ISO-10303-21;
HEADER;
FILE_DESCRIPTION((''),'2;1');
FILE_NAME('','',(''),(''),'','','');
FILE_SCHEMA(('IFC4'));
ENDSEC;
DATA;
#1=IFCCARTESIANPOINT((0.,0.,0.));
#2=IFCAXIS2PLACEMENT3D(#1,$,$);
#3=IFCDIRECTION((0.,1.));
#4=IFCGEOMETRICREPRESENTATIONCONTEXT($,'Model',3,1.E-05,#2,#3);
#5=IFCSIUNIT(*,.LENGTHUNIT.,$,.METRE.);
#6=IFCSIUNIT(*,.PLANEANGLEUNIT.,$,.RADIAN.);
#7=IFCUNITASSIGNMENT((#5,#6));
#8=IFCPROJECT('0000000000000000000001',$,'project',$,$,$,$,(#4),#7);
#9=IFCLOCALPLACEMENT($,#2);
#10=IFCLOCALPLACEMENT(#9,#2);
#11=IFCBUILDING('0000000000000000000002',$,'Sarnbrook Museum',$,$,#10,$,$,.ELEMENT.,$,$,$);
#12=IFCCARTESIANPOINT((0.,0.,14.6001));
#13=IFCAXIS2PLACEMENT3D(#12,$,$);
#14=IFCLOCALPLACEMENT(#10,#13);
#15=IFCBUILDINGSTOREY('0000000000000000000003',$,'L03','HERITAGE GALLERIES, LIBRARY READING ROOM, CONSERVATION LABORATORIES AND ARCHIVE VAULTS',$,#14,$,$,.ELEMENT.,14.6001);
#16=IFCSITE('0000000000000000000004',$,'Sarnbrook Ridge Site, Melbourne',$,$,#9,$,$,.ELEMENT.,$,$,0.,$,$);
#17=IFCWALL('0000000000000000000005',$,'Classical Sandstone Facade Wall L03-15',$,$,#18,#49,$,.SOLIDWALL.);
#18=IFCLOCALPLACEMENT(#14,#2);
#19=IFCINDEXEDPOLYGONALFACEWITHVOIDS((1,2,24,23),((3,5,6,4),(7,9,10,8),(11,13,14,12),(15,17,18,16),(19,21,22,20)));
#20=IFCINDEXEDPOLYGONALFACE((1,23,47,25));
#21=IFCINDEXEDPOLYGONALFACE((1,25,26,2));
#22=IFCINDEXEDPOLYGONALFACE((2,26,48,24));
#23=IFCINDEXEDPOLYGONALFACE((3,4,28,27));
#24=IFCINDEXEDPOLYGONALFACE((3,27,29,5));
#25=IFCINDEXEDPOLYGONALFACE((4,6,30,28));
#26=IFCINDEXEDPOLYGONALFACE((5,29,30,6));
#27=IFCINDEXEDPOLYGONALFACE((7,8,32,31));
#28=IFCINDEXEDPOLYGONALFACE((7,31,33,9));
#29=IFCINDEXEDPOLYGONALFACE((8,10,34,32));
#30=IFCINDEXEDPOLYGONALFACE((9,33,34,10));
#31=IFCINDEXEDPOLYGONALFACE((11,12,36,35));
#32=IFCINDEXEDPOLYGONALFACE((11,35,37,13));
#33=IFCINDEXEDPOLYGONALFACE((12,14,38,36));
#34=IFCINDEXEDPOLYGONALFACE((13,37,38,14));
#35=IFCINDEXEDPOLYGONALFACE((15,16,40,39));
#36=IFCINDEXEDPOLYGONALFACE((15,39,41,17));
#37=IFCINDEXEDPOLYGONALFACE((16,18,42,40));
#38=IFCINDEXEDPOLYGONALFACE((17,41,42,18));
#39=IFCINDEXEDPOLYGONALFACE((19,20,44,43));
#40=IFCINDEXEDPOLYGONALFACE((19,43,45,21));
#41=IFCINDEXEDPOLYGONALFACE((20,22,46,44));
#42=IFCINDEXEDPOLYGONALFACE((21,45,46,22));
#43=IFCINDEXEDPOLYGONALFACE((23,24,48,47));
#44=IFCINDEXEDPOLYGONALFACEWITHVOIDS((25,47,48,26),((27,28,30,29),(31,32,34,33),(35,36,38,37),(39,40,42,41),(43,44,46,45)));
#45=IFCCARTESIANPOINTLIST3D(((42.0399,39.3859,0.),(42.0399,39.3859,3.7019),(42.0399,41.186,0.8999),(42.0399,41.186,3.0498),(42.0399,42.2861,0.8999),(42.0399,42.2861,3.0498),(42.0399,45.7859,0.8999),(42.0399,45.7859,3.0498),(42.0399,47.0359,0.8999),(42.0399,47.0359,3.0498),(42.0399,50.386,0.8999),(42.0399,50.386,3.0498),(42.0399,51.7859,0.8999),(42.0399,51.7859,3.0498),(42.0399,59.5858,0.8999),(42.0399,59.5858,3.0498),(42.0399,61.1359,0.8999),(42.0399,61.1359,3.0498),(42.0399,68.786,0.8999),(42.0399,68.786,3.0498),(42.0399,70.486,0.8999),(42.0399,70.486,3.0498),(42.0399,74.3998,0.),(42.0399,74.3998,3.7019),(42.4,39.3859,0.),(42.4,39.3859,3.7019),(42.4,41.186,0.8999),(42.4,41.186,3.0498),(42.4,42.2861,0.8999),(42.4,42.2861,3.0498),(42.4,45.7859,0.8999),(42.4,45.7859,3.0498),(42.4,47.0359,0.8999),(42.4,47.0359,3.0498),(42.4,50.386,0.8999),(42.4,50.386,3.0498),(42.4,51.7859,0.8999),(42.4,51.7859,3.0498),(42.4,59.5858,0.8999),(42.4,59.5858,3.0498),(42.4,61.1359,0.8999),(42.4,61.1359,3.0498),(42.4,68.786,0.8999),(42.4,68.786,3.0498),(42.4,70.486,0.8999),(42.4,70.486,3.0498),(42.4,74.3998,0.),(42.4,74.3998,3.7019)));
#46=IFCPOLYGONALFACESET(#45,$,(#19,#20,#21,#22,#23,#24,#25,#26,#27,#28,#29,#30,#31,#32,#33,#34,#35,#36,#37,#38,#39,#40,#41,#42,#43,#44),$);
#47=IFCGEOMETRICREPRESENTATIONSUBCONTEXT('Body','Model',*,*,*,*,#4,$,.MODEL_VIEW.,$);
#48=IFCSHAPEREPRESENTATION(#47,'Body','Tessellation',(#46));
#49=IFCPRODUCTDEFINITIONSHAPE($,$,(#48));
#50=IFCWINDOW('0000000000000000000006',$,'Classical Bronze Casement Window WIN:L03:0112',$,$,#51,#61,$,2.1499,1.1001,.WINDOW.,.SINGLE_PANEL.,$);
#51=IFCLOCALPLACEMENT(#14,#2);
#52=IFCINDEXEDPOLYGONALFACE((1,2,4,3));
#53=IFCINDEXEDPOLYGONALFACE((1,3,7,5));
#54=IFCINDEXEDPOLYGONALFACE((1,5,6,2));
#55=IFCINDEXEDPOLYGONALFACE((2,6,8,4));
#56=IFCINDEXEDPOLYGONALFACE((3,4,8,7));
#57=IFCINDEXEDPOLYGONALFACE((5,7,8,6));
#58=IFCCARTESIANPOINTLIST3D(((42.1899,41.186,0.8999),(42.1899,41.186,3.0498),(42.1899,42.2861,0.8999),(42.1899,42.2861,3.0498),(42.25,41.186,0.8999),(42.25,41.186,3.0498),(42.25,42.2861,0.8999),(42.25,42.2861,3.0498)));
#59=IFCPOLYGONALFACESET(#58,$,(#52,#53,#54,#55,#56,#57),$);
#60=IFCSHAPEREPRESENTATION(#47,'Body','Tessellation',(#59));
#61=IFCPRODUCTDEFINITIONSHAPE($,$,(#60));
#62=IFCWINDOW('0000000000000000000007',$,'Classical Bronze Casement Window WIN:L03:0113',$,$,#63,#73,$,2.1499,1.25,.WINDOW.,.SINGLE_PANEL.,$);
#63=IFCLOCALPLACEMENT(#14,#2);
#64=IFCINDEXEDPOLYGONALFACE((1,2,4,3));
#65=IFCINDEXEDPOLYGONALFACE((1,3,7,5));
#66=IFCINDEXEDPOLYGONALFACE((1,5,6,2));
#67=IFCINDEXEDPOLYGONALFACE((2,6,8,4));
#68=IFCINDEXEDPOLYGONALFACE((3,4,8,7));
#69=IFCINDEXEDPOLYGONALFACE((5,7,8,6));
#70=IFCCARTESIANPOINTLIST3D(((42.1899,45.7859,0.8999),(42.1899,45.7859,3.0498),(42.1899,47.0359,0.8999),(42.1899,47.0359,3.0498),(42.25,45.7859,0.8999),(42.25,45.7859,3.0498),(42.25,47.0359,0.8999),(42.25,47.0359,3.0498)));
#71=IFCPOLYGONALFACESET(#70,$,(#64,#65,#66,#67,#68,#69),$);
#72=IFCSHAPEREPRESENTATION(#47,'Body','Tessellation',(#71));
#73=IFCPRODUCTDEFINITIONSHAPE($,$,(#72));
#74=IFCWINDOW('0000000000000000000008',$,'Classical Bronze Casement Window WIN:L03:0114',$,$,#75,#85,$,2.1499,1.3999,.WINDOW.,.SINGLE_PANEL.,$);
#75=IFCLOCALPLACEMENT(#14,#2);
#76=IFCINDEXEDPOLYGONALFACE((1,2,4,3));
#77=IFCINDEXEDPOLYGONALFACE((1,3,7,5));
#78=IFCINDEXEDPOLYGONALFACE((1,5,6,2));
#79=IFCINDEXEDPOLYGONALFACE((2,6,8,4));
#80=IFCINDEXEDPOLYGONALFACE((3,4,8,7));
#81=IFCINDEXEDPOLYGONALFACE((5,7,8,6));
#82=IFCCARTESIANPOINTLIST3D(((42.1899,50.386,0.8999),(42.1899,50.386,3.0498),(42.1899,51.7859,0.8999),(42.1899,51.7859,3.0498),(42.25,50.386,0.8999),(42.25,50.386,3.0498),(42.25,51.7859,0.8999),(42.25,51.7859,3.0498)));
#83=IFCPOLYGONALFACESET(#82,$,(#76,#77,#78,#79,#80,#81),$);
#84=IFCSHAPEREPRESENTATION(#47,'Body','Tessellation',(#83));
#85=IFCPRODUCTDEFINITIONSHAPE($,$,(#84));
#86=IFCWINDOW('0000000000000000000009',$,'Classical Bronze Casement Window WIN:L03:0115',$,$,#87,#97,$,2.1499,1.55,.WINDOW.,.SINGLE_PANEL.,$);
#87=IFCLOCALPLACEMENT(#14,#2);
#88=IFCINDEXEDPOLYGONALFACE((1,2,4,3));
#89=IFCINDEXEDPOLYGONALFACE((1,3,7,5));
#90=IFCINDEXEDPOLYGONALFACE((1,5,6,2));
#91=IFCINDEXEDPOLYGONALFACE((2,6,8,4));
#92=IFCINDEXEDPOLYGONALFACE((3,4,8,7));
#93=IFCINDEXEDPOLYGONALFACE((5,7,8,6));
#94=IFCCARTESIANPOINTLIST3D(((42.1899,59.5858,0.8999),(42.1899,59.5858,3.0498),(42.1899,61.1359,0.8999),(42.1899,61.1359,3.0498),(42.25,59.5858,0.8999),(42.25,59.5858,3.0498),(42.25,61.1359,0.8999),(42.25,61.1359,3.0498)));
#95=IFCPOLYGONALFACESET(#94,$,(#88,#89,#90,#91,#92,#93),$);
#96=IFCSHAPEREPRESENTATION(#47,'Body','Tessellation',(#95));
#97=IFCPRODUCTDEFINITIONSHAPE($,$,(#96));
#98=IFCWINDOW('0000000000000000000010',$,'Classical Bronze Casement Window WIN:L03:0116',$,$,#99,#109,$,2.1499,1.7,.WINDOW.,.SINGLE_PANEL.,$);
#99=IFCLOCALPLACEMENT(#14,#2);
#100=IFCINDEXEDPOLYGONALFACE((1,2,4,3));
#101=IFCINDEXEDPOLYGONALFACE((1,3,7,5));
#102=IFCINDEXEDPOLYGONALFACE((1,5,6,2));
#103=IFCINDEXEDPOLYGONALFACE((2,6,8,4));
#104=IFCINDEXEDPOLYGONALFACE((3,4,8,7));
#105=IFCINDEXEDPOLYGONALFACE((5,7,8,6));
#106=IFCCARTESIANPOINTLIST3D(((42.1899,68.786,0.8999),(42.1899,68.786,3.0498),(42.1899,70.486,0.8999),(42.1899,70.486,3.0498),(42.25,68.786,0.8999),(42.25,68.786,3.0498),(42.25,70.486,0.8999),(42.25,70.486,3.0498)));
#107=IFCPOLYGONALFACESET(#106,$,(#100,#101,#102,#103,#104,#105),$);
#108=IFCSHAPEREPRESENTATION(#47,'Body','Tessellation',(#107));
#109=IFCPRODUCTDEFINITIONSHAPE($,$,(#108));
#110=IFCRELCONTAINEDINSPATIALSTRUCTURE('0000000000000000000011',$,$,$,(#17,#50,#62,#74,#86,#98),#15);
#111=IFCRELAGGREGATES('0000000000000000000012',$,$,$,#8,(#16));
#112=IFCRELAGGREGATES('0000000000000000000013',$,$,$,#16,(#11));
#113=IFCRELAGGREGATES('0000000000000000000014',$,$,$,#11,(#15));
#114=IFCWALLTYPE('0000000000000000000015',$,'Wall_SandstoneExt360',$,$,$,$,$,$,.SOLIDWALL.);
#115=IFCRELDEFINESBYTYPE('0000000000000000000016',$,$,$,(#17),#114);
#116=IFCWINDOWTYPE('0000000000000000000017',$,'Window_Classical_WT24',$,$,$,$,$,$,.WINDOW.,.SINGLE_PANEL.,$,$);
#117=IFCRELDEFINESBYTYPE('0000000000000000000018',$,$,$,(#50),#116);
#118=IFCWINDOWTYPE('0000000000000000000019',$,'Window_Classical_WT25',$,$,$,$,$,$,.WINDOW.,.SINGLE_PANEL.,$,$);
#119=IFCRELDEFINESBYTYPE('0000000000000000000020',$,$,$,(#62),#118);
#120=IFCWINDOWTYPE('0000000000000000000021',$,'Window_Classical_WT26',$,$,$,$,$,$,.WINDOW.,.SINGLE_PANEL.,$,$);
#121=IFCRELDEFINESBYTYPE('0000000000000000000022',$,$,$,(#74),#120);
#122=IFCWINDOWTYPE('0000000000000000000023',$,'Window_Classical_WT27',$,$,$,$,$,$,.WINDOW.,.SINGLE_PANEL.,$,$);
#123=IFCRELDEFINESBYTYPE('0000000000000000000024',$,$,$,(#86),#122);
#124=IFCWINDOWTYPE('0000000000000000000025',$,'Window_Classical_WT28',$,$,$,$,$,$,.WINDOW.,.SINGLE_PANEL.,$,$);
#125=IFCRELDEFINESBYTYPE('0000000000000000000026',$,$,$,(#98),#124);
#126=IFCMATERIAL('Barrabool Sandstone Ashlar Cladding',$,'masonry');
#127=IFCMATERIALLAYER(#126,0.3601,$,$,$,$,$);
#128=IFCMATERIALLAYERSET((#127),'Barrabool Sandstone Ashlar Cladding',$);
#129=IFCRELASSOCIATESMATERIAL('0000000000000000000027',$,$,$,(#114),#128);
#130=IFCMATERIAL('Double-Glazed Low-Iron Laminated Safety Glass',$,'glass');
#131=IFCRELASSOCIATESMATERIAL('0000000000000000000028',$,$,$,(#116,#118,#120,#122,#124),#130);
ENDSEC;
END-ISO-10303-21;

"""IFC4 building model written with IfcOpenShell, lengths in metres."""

from ifc_helpers import new_model, si_unit, direction, frame, frame_2d, origin, place, context, subcontext, project, spatial, rectangle, extrude, material, layer, layer_set, type_object, element, fill, save


model = new_model("IFC4")

# Units and contexts
model_context = context("Model", 3, precision=1e-05, world=origin(), true_north=direction((0.0, 1.0)))
body_context = subcontext(model_context, "Body", "Model", "MODEL_VIEW")
ifc_project = project(units=[si_unit("LENGTHUNIT", "METRE"), si_unit("PLANEANGLEUNIT", "RADIAN")], contexts=[model_context])

# Site, building, storey
site_placement = place(None, origin())
site = spatial("IfcSite", under=ifc_project, at=site_placement, Name="Sarnbrook Ridge Site, Melbourne", CompositionType="ELEMENT", RefElevation=0.0)
building_placement = place(site_placement, origin())
building = spatial("IfcBuilding", under=site, at=building_placement, Name="Sarnbrook Museum", CompositionType="ELEMENT")
storey_placement = place(building_placement, frame((0.0, 0.0, 14.6001)))
storey = spatial("IfcBuildingStorey", under=building, at=storey_placement, Name="L03", Description="HERITAGE GALLERIES, LIBRARY READING ROOM, CONSERVATION LABORATORIES AND ARCHIVE VAULTS", CompositionType="ELEMENT", Elevation=14.6001)

# Shared definitions
ifc_material_1 = material(Name="Double-Glazed Low-Iron Laminated Safety Glass", Category="glass")

# Shared definitions
ifc_material_2 = material(Name="Barrabool Sandstone Ashlar Cladding", Category="masonry")
ifc_layer_1 = layer(ifc_material_2, 0.3601)
ifc_layer_set_1 = layer_set([ifc_layer_1], Name="Barrabool Sandstone Ashlar Cladding")
wall_type_1 = type_object("IfcWallType", Name="Wall_SandstoneExt360", PredefinedType="SOLIDWALL", material=ifc_layer_set_1)

# Wall, openings, windows
wall_1_placement = place(storey_placement, frame((42.22, 39.386, 0.0), z_axis=(0.0, 0.0, 1.0), x_axis=(0.0, 1.0, 0.0)))
wall_1 = element("IfcWall", 1, at=wall_1_placement, inside=storey, type_object=wall_type_1, Name="Classical Sandstone Facade Wall L03-15", PredefinedType="SOLIDWALL", context=body_context, shape_type="SweptSolid", body=[
    extrude(rectangle(XDim=35.0139, YDim=0.3601, at=frame_2d((17.5068, 0.0))), origin(), (0.0, 0.0, 1.0), 3.7019),
])
opening_1_placement = place(wall_1_placement, frame((1.8, 0.0, 0.8999)))
opening_1 = element("IfcOpeningElement", 2, at=opening_1_placement, cuts=wall_1, PredefinedType="OPENING", context=body_context, shape_type="SweptSolid", body=[
    extrude(rectangle(XDim=1.1001, YDim=2.1499, at=frame_2d((0.55, 1.075))), frame((0.0, 0.1899, 0.0), z_axis=(0.0, -1.0, 0.0), x_axis=(1.0, 0.0, 0.0)), (0.0, 0.0, 1.0), 0.3801),
])
opening_2_placement = place(wall_1_placement, frame((6.3999, 0.0, 0.8999)))
opening_2 = element("IfcOpeningElement", 3, at=opening_2_placement, cuts=wall_1, PredefinedType="OPENING", context=body_context, shape_type="SweptSolid", body=[
    extrude(rectangle(XDim=1.25, YDim=2.1499, at=frame_2d((0.625, 1.075))), frame((0.0, 0.1899, 0.0), z_axis=(0.0, -1.0, 0.0), x_axis=(1.0, 0.0, 0.0)), (0.0, 0.0, 1.0), 0.3801),
])
opening_3_placement = place(wall_1_placement, frame((11.0, 0.0, 0.8999)))
opening_3 = element("IfcOpeningElement", 4, at=opening_3_placement, cuts=wall_1, PredefinedType="OPENING", context=body_context, shape_type="SweptSolid", body=[
    extrude(rectangle(XDim=1.3999, YDim=2.1499, at=frame_2d((0.7, 1.075))), frame((0.0, 0.1899, 0.0), z_axis=(0.0, -1.0, 0.0), x_axis=(1.0, 0.0, 0.0)), (0.0, 0.0, 1.0), 0.3801),
])
opening_4_placement = place(wall_1_placement, frame((20.2, 0.0, 0.8999)))
opening_4 = element("IfcOpeningElement", 5, at=opening_4_placement, cuts=wall_1, PredefinedType="OPENING", context=body_context, shape_type="SweptSolid", body=[
    extrude(rectangle(XDim=1.55, YDim=2.1499, at=frame_2d((0.7749, 1.075))), frame((0.0, 0.1899, 0.0), z_axis=(0.0, -1.0, 0.0), x_axis=(1.0, 0.0, 0.0)), (0.0, 0.0, 1.0), 0.3801),
])
opening_5_placement = place(wall_1_placement, frame((29.3999, 0.0, 0.8999)))
opening_5 = element("IfcOpeningElement", 6, at=opening_5_placement, cuts=wall_1, PredefinedType="OPENING", context=body_context, shape_type="SweptSolid", body=[
    extrude(rectangle(XDim=1.7, YDim=2.1499, at=frame_2d((0.8501, 1.075))), frame((0.0, 0.1899, 0.0), z_axis=(0.0, -1.0, 0.0), x_axis=(1.0, 0.0, 0.0)), (0.0, 0.0, 1.0), 0.3801),
])
window_type_1 = type_object("IfcWindowType", Name="Window_Classical_WT24", PartitioningType="SINGLE_PANEL", PredefinedType="WINDOW", material=ifc_material_1)
window_1_placement = place(opening_1_placement, origin())
window_1 = element("IfcWindow", 7, at=window_1_placement, inside=storey, type_object=window_type_1, Name="Classical Bronze Casement Window WIN:L03:0112", OverallHeight=2.1499, OverallWidth=1.1001, PartitioningType="SINGLE_PANEL", PredefinedType="WINDOW", context=body_context, shape_type="SweptSolid", body=[
    extrude(rectangle(XDim=1.1001, YDim=2.1499, at=frame_2d((0.55, 1.075))), frame((0.0, 0.03, 0.0), z_axis=(0.0, -1.0, 0.0), x_axis=(1.0, 0.0, 0.0)), (0.0, 0.0, 1.0), 0.0601),
])
fill(opening_1, window_1)
window_type_2 = type_object("IfcWindowType", Name="Window_Classical_WT25", PartitioningType="SINGLE_PANEL", PredefinedType="WINDOW", material=ifc_material_1)
window_2_placement = place(opening_2_placement, origin())
window_2 = element("IfcWindow", 8, at=window_2_placement, inside=storey, type_object=window_type_2, Name="Classical Bronze Casement Window WIN:L03:0113", OverallHeight=2.1499, OverallWidth=1.25, PartitioningType="SINGLE_PANEL", PredefinedType="WINDOW", context=body_context, shape_type="SweptSolid", body=[
    extrude(rectangle(XDim=1.25, YDim=2.1499, at=frame_2d((0.625, 1.075))), frame((0.0, 0.03, 0.0), z_axis=(0.0, -1.0, 0.0), x_axis=(1.0, 0.0, 0.0)), (0.0, 0.0, 1.0), 0.0601),
])
fill(opening_2, window_2)
window_type_3 = type_object("IfcWindowType", Name="Window_Classical_WT26", PartitioningType="SINGLE_PANEL", PredefinedType="WINDOW", material=ifc_material_1)
window_3_placement = place(opening_3_placement, origin())
window_3 = element("IfcWindow", 9, at=window_3_placement, inside=storey, type_object=window_type_3, Name="Classical Bronze Casement Window WIN:L03:0114", OverallHeight=2.1499, OverallWidth=1.3999, PartitioningType="SINGLE_PANEL", PredefinedType="WINDOW", context=body_context, shape_type="SweptSolid", body=[
    extrude(rectangle(XDim=1.3999, YDim=2.1499, at=frame_2d((0.7, 1.075))), frame((0.0, 0.03, 0.0), z_axis=(0.0, -1.0, 0.0), x_axis=(1.0, 0.0, 0.0)), (0.0, 0.0, 1.0), 0.0601),
])
fill(opening_3, window_3)
window_type_4 = type_object("IfcWindowType", Name="Window_Classical_WT27", PartitioningType="SINGLE_PANEL", PredefinedType="WINDOW", material=ifc_material_1)
window_4_placement = place(opening_4_placement, origin())
window_4 = element("IfcWindow", 10, at=window_4_placement, inside=storey, type_object=window_type_4, Name="Classical Bronze Casement Window WIN:L03:0115", OverallHeight=2.1499, OverallWidth=1.55, PartitioningType="SINGLE_PANEL", PredefinedType="WINDOW", context=body_context, shape_type="SweptSolid", body=[
    extrude(rectangle(XDim=1.55, YDim=2.1499, at=frame_2d((0.7749, 1.075))), frame((0.0, 0.03, 0.0), z_axis=(0.0, -1.0, 0.0), x_axis=(1.0, 0.0, 0.0)), (0.0, 0.0, 1.0), 0.0601),
])
fill(opening_4, window_4)
window_type_5 = type_object("IfcWindowType", Name="Window_Classical_WT28", PartitioningType="SINGLE_PANEL", PredefinedType="WINDOW", material=ifc_material_1)
window_5_placement = place(opening_5_placement, origin())
window_5 = element("IfcWindow", 11, at=window_5_placement, inside=storey, type_object=window_type_5, Name="Classical Bronze Casement Window WIN:L03:0116", OverallHeight=2.1499, OverallWidth=1.7, PartitioningType="SINGLE_PANEL", PredefinedType="WINDOW", context=body_context, shape_type="SweptSolid", body=[
    extrude(rectangle(XDim=1.7, YDim=2.1499, at=frame_2d((0.8501, 1.075))), frame((0.0, 0.03, 0.0), z_axis=(0.0, -1.0, 0.0), x_axis=(1.0, 0.0, 0.0)), (0.0, 0.0, 1.0), 0.0601),
])
fill(opening_5, window_5)

save(model, "model.ifc")
